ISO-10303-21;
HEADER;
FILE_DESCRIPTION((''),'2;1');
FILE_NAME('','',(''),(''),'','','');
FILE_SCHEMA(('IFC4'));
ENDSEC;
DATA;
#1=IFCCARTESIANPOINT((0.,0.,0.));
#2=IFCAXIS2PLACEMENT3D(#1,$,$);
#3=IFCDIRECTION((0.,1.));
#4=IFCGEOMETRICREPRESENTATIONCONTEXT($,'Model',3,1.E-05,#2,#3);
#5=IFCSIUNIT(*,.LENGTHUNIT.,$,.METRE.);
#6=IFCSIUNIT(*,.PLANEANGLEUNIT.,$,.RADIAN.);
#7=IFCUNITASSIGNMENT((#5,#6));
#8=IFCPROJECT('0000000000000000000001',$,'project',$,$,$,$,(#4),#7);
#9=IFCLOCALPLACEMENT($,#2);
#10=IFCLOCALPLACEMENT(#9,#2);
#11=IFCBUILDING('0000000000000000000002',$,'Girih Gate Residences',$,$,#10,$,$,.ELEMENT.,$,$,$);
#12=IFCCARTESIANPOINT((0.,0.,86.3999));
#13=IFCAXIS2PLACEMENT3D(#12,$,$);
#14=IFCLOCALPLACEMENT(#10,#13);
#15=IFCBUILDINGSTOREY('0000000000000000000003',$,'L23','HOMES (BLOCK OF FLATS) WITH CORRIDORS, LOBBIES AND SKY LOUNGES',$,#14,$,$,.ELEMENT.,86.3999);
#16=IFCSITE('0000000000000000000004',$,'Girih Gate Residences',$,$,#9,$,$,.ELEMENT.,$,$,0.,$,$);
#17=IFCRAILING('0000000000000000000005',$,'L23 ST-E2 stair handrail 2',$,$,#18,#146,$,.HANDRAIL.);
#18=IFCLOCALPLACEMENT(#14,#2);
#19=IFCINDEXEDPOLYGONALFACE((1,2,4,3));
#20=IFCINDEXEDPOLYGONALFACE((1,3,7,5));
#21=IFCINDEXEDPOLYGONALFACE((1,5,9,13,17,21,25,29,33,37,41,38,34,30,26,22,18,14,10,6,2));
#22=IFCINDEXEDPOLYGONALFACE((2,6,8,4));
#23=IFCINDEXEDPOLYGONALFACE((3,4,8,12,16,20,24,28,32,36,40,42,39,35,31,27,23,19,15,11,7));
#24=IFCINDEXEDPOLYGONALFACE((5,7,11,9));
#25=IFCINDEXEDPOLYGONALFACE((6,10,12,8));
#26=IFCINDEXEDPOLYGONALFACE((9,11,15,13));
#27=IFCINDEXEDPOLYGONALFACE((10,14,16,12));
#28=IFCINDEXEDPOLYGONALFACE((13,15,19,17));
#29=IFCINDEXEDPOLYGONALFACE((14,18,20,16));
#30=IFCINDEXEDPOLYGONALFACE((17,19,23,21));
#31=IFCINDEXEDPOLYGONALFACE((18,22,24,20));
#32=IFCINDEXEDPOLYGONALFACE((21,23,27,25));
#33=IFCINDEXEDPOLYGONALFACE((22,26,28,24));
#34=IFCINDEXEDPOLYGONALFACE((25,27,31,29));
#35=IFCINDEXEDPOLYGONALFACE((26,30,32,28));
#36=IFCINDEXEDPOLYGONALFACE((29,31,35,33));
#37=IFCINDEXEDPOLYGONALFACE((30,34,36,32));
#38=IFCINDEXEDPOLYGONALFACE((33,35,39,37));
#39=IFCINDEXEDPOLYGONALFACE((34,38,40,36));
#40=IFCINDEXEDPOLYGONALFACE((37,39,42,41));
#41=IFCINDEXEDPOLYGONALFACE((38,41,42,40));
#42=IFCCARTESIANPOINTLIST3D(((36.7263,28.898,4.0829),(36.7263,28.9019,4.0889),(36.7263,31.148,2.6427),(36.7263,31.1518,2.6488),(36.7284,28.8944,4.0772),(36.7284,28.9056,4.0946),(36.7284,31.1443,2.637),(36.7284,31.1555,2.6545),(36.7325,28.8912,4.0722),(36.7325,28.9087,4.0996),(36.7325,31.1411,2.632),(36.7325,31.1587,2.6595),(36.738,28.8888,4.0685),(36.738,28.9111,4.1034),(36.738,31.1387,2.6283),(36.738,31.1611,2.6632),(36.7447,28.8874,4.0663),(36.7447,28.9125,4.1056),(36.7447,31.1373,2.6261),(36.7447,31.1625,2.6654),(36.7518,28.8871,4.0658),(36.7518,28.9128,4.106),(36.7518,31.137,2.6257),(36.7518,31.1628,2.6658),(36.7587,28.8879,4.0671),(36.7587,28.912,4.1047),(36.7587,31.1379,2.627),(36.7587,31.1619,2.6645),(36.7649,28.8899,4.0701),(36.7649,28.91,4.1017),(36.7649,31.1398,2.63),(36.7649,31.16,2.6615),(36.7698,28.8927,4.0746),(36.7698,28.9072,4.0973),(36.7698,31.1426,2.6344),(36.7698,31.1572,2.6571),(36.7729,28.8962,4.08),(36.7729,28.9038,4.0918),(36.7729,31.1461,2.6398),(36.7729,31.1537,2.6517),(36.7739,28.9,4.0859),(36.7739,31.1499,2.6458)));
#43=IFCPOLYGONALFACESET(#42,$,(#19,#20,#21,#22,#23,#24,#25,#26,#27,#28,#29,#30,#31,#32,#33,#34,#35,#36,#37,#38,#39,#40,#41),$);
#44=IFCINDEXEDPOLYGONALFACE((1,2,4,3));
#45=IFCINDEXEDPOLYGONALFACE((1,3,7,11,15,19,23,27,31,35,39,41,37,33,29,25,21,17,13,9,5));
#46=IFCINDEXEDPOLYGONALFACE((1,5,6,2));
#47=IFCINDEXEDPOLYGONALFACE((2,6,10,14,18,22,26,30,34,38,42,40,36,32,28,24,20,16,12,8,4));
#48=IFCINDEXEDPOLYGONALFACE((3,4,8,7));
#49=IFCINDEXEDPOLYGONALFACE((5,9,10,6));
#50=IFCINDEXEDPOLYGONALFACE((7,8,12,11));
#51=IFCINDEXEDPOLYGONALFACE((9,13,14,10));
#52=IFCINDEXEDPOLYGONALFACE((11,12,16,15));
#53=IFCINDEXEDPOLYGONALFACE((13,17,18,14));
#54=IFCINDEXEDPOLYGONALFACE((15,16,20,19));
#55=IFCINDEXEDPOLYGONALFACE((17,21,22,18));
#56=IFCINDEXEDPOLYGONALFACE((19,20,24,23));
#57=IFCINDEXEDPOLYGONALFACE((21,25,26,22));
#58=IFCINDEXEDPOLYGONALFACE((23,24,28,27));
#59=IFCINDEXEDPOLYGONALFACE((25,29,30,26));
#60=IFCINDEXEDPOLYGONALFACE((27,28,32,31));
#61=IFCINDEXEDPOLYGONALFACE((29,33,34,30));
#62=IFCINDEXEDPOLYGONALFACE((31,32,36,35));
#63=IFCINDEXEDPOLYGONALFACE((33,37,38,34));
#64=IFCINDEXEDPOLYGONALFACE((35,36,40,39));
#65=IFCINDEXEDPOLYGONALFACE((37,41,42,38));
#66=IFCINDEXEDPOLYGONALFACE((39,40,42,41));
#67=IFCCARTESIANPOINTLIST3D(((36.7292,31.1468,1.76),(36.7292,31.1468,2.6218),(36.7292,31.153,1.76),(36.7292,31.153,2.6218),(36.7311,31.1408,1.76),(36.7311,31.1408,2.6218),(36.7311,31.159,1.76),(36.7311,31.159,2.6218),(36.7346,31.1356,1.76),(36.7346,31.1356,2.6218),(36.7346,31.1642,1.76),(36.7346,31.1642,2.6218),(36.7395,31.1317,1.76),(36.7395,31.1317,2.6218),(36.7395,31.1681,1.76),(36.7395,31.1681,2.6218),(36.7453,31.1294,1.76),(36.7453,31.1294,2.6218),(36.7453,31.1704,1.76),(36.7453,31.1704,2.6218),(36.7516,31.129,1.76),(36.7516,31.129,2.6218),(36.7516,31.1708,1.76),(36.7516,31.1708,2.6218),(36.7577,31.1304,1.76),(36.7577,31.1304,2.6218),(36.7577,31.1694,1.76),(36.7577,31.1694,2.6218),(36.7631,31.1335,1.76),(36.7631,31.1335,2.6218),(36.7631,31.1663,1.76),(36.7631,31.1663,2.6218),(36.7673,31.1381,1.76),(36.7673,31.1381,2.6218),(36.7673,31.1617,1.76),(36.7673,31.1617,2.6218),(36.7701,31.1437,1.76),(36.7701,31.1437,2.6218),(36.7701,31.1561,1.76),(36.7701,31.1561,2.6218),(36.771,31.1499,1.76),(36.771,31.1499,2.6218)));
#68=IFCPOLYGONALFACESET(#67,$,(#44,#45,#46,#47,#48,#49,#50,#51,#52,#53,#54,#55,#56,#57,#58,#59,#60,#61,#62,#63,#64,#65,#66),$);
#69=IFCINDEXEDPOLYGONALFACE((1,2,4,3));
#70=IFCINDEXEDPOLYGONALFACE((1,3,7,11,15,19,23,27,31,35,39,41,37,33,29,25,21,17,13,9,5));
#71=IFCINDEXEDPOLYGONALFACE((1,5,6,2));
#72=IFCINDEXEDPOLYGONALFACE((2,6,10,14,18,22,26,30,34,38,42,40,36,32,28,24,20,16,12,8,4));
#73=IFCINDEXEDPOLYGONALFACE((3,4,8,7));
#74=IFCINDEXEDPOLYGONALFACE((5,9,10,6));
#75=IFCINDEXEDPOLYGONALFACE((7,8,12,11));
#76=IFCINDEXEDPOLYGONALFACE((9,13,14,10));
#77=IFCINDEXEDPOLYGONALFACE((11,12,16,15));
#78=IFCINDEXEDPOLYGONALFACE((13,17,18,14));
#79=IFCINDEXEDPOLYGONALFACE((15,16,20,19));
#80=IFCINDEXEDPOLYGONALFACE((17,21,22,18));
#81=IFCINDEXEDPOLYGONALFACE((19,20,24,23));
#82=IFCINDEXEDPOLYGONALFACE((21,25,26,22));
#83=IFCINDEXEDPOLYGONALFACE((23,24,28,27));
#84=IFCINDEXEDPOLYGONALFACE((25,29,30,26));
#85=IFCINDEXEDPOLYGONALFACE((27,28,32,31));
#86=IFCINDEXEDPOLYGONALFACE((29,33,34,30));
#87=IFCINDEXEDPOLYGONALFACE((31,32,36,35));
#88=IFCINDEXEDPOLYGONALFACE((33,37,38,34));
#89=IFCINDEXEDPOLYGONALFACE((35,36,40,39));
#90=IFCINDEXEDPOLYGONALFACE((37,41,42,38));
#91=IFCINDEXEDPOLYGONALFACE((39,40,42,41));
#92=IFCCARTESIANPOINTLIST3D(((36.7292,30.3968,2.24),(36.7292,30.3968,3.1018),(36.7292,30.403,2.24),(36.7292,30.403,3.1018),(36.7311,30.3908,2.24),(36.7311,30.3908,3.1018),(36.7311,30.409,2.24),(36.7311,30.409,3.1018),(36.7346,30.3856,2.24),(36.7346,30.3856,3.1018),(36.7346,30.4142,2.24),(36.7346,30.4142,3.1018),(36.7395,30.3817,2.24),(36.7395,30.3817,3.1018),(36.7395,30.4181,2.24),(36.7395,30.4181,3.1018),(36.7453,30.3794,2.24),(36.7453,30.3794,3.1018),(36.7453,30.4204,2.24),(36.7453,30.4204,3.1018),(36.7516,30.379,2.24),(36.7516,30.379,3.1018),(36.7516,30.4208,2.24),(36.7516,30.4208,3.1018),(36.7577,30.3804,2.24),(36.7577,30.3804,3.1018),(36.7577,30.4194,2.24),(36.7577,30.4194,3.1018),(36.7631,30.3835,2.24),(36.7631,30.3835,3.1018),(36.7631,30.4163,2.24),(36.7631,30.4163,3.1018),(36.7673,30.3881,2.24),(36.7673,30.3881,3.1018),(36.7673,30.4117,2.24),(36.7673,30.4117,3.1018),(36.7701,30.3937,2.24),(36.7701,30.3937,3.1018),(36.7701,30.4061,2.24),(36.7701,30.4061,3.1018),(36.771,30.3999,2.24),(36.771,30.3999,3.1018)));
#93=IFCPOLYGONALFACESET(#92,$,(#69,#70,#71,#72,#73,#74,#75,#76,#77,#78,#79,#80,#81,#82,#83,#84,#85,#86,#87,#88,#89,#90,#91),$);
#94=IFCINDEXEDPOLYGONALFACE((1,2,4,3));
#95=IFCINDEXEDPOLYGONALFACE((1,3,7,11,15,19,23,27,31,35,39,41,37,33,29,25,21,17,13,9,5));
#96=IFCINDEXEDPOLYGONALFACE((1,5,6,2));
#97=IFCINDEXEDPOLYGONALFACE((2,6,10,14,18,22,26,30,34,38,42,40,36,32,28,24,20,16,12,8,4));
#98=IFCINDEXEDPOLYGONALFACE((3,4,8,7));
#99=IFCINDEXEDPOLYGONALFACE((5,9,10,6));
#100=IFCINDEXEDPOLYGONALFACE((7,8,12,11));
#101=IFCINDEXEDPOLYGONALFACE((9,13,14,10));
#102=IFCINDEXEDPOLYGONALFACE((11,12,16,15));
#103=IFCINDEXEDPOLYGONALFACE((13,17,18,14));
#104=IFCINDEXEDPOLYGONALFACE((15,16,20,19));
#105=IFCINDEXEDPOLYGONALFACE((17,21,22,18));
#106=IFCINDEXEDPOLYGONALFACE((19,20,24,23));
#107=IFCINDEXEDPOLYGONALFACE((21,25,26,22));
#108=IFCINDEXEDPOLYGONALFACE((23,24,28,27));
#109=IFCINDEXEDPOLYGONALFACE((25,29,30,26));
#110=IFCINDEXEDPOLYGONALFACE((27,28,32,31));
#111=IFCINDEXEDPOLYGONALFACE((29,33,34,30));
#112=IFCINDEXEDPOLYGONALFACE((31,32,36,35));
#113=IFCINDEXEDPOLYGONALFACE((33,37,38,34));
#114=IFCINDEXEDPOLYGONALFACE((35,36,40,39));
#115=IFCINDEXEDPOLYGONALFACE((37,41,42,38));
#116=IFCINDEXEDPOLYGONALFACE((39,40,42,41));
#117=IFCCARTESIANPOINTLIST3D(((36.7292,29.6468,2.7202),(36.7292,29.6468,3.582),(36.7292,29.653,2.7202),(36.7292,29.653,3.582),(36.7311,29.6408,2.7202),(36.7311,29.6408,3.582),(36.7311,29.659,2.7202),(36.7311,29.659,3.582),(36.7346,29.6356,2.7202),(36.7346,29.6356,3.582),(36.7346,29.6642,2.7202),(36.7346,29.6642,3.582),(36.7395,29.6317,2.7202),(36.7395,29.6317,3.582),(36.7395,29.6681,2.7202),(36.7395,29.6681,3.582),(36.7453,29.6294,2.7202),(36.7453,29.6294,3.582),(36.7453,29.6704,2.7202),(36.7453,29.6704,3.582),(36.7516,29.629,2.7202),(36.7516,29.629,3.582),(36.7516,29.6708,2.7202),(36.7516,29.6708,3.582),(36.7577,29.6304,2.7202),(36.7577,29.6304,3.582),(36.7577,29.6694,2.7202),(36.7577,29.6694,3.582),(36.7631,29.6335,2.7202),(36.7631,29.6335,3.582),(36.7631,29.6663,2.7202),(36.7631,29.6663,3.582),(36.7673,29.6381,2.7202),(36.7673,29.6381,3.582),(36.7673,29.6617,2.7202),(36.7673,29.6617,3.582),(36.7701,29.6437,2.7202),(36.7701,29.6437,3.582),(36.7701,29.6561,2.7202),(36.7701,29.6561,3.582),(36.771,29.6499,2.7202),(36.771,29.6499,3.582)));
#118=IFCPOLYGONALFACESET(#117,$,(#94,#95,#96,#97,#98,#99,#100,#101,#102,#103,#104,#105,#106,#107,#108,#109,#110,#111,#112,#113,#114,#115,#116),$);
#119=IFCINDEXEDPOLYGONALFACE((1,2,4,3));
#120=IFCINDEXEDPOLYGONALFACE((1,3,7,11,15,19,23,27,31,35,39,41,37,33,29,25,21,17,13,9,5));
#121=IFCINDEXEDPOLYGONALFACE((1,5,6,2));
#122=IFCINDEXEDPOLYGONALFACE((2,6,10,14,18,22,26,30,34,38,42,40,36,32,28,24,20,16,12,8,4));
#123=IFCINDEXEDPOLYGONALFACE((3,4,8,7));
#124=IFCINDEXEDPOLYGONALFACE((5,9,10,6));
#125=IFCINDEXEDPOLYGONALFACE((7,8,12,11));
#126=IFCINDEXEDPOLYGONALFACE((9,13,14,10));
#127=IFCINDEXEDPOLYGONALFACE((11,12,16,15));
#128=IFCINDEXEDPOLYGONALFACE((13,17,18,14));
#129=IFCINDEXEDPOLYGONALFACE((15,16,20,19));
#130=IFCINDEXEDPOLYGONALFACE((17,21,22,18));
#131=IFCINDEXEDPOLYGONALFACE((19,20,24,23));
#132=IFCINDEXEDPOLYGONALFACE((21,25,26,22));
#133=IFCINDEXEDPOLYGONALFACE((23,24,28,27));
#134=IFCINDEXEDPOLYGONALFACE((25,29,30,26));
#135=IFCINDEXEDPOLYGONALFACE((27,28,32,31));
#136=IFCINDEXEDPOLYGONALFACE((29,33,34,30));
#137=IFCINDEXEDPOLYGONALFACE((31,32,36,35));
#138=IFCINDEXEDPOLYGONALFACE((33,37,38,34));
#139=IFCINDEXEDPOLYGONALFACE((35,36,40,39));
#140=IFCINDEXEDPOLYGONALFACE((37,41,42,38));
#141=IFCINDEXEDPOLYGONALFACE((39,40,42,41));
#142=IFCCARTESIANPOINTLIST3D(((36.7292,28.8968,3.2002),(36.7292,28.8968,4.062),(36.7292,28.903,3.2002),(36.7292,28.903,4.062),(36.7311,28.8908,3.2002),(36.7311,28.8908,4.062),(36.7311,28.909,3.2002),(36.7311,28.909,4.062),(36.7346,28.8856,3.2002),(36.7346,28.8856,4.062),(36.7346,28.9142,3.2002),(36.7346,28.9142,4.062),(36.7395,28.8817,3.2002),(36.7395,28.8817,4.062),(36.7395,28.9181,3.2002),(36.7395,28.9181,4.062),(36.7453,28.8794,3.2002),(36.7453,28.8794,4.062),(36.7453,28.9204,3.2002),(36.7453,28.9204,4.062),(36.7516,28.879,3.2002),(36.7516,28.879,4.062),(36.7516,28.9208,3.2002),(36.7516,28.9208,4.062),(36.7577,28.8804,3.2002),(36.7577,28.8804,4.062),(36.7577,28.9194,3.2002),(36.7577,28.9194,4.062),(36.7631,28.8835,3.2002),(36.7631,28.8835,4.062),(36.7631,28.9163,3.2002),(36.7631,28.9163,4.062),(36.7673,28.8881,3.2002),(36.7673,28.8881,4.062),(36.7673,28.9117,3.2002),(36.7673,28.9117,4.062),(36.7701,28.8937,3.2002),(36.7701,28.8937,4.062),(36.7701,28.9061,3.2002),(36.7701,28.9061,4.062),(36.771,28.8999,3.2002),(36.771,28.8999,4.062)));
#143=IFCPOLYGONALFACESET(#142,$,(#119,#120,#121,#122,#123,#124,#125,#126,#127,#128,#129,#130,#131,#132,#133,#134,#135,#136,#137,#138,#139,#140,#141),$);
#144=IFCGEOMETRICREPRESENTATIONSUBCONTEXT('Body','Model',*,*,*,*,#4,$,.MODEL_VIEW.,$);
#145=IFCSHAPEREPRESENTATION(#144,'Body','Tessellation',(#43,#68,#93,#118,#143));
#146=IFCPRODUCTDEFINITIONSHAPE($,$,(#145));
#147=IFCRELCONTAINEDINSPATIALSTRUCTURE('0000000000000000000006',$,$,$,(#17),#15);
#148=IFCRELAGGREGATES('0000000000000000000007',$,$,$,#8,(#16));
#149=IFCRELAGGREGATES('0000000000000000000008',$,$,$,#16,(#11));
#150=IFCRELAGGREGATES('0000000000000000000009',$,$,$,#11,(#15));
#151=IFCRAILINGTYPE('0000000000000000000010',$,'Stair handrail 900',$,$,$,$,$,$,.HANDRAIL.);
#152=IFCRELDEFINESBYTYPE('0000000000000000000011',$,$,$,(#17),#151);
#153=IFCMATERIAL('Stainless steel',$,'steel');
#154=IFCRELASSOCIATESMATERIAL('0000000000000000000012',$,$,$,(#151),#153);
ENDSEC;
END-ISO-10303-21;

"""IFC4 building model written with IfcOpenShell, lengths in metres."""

from ifc_helpers import new_model, si_unit, direction, frame, origin, origin_2d, place, context, subcontext, project, spatial, circle, extrude, material, type_object, element, save


model = new_model("IFC4")

# Units and contexts
model_context = context("Model", 3, precision=1e-05, world=origin(), true_north=direction((0.0, 1.0)))
body_context = subcontext(model_context, "Body", "Model", "MODEL_VIEW")
ifc_project = project(units=[si_unit("LENGTHUNIT", "METRE"), si_unit("PLANEANGLEUNIT", "RADIAN")], contexts=[model_context])

# Site, building, storey
site_placement = place(None, origin())
site = spatial("IfcSite", under=ifc_project, at=site_placement, Name="Girih Gate Residences", CompositionType="ELEMENT", RefElevation=0.0)
building_placement = place(site_placement, origin())
building = spatial("IfcBuilding", under=site, at=building_placement, Name="Girih Gate Residences", CompositionType="ELEMENT")
storey_placement = place(building_placement, frame((0.0, 0.0, 86.3999)))
storey = spatial("IfcBuildingStorey", under=building, at=storey_placement, Name="L23", Description="HOMES (BLOCK OF FLATS) WITH CORRIDORS, LOBBIES AND SKY LOUNGES", CompositionType="ELEMENT", Elevation=86.3999)

# Shared definitions
ifc_material_1 = material(Name="Stainless steel", Category="steel")

# Railing
railing_type_1 = type_object("IfcRailingType", Name="Stair handrail 900", PredefinedType="HANDRAIL", material=ifc_material_1)
railing_1_placement = place(storey_placement, frame((36.75, 31.1499, 1.76)))
element("IfcRailing", 1, at=railing_1_placement, inside=storey, type_object=railing_type_1, Name="L23 ST-E2 stair handrail 2", PredefinedType="HANDRAIL", context=body_context, shape_type="SweptSolid", body=[
    extrude(circle(Radius=0.0239, at=origin_2d()), frame((0.0, 0.0, 0.8857), z_axis=(0.0, -0.84224, 0.539103), x_axis=(1.0, 0.0, 0.0)), (0.0, 0.0, 1.0), 2.6714),
    extrude(circle(Radius=0.021, at=origin_2d()), origin(), (0.0, 0.0, 1.0), 0.8618),
    extrude(circle(Radius=0.021, at=origin_2d()), frame((0.0, -0.75, 0.48)), (0.0, 0.0, 1.0), 0.8618),
    extrude(circle(Radius=0.021, at=origin_2d()), frame((0.0, -1.5, 0.9602)), (0.0, 0.0, 1.0), 0.8618),
    extrude(circle(Radius=0.021, at=origin_2d()), frame((0.0, -2.25, 1.4402)), (0.0, 0.0, 1.0), 0.8618),
])

save(model, "model.ifc")
